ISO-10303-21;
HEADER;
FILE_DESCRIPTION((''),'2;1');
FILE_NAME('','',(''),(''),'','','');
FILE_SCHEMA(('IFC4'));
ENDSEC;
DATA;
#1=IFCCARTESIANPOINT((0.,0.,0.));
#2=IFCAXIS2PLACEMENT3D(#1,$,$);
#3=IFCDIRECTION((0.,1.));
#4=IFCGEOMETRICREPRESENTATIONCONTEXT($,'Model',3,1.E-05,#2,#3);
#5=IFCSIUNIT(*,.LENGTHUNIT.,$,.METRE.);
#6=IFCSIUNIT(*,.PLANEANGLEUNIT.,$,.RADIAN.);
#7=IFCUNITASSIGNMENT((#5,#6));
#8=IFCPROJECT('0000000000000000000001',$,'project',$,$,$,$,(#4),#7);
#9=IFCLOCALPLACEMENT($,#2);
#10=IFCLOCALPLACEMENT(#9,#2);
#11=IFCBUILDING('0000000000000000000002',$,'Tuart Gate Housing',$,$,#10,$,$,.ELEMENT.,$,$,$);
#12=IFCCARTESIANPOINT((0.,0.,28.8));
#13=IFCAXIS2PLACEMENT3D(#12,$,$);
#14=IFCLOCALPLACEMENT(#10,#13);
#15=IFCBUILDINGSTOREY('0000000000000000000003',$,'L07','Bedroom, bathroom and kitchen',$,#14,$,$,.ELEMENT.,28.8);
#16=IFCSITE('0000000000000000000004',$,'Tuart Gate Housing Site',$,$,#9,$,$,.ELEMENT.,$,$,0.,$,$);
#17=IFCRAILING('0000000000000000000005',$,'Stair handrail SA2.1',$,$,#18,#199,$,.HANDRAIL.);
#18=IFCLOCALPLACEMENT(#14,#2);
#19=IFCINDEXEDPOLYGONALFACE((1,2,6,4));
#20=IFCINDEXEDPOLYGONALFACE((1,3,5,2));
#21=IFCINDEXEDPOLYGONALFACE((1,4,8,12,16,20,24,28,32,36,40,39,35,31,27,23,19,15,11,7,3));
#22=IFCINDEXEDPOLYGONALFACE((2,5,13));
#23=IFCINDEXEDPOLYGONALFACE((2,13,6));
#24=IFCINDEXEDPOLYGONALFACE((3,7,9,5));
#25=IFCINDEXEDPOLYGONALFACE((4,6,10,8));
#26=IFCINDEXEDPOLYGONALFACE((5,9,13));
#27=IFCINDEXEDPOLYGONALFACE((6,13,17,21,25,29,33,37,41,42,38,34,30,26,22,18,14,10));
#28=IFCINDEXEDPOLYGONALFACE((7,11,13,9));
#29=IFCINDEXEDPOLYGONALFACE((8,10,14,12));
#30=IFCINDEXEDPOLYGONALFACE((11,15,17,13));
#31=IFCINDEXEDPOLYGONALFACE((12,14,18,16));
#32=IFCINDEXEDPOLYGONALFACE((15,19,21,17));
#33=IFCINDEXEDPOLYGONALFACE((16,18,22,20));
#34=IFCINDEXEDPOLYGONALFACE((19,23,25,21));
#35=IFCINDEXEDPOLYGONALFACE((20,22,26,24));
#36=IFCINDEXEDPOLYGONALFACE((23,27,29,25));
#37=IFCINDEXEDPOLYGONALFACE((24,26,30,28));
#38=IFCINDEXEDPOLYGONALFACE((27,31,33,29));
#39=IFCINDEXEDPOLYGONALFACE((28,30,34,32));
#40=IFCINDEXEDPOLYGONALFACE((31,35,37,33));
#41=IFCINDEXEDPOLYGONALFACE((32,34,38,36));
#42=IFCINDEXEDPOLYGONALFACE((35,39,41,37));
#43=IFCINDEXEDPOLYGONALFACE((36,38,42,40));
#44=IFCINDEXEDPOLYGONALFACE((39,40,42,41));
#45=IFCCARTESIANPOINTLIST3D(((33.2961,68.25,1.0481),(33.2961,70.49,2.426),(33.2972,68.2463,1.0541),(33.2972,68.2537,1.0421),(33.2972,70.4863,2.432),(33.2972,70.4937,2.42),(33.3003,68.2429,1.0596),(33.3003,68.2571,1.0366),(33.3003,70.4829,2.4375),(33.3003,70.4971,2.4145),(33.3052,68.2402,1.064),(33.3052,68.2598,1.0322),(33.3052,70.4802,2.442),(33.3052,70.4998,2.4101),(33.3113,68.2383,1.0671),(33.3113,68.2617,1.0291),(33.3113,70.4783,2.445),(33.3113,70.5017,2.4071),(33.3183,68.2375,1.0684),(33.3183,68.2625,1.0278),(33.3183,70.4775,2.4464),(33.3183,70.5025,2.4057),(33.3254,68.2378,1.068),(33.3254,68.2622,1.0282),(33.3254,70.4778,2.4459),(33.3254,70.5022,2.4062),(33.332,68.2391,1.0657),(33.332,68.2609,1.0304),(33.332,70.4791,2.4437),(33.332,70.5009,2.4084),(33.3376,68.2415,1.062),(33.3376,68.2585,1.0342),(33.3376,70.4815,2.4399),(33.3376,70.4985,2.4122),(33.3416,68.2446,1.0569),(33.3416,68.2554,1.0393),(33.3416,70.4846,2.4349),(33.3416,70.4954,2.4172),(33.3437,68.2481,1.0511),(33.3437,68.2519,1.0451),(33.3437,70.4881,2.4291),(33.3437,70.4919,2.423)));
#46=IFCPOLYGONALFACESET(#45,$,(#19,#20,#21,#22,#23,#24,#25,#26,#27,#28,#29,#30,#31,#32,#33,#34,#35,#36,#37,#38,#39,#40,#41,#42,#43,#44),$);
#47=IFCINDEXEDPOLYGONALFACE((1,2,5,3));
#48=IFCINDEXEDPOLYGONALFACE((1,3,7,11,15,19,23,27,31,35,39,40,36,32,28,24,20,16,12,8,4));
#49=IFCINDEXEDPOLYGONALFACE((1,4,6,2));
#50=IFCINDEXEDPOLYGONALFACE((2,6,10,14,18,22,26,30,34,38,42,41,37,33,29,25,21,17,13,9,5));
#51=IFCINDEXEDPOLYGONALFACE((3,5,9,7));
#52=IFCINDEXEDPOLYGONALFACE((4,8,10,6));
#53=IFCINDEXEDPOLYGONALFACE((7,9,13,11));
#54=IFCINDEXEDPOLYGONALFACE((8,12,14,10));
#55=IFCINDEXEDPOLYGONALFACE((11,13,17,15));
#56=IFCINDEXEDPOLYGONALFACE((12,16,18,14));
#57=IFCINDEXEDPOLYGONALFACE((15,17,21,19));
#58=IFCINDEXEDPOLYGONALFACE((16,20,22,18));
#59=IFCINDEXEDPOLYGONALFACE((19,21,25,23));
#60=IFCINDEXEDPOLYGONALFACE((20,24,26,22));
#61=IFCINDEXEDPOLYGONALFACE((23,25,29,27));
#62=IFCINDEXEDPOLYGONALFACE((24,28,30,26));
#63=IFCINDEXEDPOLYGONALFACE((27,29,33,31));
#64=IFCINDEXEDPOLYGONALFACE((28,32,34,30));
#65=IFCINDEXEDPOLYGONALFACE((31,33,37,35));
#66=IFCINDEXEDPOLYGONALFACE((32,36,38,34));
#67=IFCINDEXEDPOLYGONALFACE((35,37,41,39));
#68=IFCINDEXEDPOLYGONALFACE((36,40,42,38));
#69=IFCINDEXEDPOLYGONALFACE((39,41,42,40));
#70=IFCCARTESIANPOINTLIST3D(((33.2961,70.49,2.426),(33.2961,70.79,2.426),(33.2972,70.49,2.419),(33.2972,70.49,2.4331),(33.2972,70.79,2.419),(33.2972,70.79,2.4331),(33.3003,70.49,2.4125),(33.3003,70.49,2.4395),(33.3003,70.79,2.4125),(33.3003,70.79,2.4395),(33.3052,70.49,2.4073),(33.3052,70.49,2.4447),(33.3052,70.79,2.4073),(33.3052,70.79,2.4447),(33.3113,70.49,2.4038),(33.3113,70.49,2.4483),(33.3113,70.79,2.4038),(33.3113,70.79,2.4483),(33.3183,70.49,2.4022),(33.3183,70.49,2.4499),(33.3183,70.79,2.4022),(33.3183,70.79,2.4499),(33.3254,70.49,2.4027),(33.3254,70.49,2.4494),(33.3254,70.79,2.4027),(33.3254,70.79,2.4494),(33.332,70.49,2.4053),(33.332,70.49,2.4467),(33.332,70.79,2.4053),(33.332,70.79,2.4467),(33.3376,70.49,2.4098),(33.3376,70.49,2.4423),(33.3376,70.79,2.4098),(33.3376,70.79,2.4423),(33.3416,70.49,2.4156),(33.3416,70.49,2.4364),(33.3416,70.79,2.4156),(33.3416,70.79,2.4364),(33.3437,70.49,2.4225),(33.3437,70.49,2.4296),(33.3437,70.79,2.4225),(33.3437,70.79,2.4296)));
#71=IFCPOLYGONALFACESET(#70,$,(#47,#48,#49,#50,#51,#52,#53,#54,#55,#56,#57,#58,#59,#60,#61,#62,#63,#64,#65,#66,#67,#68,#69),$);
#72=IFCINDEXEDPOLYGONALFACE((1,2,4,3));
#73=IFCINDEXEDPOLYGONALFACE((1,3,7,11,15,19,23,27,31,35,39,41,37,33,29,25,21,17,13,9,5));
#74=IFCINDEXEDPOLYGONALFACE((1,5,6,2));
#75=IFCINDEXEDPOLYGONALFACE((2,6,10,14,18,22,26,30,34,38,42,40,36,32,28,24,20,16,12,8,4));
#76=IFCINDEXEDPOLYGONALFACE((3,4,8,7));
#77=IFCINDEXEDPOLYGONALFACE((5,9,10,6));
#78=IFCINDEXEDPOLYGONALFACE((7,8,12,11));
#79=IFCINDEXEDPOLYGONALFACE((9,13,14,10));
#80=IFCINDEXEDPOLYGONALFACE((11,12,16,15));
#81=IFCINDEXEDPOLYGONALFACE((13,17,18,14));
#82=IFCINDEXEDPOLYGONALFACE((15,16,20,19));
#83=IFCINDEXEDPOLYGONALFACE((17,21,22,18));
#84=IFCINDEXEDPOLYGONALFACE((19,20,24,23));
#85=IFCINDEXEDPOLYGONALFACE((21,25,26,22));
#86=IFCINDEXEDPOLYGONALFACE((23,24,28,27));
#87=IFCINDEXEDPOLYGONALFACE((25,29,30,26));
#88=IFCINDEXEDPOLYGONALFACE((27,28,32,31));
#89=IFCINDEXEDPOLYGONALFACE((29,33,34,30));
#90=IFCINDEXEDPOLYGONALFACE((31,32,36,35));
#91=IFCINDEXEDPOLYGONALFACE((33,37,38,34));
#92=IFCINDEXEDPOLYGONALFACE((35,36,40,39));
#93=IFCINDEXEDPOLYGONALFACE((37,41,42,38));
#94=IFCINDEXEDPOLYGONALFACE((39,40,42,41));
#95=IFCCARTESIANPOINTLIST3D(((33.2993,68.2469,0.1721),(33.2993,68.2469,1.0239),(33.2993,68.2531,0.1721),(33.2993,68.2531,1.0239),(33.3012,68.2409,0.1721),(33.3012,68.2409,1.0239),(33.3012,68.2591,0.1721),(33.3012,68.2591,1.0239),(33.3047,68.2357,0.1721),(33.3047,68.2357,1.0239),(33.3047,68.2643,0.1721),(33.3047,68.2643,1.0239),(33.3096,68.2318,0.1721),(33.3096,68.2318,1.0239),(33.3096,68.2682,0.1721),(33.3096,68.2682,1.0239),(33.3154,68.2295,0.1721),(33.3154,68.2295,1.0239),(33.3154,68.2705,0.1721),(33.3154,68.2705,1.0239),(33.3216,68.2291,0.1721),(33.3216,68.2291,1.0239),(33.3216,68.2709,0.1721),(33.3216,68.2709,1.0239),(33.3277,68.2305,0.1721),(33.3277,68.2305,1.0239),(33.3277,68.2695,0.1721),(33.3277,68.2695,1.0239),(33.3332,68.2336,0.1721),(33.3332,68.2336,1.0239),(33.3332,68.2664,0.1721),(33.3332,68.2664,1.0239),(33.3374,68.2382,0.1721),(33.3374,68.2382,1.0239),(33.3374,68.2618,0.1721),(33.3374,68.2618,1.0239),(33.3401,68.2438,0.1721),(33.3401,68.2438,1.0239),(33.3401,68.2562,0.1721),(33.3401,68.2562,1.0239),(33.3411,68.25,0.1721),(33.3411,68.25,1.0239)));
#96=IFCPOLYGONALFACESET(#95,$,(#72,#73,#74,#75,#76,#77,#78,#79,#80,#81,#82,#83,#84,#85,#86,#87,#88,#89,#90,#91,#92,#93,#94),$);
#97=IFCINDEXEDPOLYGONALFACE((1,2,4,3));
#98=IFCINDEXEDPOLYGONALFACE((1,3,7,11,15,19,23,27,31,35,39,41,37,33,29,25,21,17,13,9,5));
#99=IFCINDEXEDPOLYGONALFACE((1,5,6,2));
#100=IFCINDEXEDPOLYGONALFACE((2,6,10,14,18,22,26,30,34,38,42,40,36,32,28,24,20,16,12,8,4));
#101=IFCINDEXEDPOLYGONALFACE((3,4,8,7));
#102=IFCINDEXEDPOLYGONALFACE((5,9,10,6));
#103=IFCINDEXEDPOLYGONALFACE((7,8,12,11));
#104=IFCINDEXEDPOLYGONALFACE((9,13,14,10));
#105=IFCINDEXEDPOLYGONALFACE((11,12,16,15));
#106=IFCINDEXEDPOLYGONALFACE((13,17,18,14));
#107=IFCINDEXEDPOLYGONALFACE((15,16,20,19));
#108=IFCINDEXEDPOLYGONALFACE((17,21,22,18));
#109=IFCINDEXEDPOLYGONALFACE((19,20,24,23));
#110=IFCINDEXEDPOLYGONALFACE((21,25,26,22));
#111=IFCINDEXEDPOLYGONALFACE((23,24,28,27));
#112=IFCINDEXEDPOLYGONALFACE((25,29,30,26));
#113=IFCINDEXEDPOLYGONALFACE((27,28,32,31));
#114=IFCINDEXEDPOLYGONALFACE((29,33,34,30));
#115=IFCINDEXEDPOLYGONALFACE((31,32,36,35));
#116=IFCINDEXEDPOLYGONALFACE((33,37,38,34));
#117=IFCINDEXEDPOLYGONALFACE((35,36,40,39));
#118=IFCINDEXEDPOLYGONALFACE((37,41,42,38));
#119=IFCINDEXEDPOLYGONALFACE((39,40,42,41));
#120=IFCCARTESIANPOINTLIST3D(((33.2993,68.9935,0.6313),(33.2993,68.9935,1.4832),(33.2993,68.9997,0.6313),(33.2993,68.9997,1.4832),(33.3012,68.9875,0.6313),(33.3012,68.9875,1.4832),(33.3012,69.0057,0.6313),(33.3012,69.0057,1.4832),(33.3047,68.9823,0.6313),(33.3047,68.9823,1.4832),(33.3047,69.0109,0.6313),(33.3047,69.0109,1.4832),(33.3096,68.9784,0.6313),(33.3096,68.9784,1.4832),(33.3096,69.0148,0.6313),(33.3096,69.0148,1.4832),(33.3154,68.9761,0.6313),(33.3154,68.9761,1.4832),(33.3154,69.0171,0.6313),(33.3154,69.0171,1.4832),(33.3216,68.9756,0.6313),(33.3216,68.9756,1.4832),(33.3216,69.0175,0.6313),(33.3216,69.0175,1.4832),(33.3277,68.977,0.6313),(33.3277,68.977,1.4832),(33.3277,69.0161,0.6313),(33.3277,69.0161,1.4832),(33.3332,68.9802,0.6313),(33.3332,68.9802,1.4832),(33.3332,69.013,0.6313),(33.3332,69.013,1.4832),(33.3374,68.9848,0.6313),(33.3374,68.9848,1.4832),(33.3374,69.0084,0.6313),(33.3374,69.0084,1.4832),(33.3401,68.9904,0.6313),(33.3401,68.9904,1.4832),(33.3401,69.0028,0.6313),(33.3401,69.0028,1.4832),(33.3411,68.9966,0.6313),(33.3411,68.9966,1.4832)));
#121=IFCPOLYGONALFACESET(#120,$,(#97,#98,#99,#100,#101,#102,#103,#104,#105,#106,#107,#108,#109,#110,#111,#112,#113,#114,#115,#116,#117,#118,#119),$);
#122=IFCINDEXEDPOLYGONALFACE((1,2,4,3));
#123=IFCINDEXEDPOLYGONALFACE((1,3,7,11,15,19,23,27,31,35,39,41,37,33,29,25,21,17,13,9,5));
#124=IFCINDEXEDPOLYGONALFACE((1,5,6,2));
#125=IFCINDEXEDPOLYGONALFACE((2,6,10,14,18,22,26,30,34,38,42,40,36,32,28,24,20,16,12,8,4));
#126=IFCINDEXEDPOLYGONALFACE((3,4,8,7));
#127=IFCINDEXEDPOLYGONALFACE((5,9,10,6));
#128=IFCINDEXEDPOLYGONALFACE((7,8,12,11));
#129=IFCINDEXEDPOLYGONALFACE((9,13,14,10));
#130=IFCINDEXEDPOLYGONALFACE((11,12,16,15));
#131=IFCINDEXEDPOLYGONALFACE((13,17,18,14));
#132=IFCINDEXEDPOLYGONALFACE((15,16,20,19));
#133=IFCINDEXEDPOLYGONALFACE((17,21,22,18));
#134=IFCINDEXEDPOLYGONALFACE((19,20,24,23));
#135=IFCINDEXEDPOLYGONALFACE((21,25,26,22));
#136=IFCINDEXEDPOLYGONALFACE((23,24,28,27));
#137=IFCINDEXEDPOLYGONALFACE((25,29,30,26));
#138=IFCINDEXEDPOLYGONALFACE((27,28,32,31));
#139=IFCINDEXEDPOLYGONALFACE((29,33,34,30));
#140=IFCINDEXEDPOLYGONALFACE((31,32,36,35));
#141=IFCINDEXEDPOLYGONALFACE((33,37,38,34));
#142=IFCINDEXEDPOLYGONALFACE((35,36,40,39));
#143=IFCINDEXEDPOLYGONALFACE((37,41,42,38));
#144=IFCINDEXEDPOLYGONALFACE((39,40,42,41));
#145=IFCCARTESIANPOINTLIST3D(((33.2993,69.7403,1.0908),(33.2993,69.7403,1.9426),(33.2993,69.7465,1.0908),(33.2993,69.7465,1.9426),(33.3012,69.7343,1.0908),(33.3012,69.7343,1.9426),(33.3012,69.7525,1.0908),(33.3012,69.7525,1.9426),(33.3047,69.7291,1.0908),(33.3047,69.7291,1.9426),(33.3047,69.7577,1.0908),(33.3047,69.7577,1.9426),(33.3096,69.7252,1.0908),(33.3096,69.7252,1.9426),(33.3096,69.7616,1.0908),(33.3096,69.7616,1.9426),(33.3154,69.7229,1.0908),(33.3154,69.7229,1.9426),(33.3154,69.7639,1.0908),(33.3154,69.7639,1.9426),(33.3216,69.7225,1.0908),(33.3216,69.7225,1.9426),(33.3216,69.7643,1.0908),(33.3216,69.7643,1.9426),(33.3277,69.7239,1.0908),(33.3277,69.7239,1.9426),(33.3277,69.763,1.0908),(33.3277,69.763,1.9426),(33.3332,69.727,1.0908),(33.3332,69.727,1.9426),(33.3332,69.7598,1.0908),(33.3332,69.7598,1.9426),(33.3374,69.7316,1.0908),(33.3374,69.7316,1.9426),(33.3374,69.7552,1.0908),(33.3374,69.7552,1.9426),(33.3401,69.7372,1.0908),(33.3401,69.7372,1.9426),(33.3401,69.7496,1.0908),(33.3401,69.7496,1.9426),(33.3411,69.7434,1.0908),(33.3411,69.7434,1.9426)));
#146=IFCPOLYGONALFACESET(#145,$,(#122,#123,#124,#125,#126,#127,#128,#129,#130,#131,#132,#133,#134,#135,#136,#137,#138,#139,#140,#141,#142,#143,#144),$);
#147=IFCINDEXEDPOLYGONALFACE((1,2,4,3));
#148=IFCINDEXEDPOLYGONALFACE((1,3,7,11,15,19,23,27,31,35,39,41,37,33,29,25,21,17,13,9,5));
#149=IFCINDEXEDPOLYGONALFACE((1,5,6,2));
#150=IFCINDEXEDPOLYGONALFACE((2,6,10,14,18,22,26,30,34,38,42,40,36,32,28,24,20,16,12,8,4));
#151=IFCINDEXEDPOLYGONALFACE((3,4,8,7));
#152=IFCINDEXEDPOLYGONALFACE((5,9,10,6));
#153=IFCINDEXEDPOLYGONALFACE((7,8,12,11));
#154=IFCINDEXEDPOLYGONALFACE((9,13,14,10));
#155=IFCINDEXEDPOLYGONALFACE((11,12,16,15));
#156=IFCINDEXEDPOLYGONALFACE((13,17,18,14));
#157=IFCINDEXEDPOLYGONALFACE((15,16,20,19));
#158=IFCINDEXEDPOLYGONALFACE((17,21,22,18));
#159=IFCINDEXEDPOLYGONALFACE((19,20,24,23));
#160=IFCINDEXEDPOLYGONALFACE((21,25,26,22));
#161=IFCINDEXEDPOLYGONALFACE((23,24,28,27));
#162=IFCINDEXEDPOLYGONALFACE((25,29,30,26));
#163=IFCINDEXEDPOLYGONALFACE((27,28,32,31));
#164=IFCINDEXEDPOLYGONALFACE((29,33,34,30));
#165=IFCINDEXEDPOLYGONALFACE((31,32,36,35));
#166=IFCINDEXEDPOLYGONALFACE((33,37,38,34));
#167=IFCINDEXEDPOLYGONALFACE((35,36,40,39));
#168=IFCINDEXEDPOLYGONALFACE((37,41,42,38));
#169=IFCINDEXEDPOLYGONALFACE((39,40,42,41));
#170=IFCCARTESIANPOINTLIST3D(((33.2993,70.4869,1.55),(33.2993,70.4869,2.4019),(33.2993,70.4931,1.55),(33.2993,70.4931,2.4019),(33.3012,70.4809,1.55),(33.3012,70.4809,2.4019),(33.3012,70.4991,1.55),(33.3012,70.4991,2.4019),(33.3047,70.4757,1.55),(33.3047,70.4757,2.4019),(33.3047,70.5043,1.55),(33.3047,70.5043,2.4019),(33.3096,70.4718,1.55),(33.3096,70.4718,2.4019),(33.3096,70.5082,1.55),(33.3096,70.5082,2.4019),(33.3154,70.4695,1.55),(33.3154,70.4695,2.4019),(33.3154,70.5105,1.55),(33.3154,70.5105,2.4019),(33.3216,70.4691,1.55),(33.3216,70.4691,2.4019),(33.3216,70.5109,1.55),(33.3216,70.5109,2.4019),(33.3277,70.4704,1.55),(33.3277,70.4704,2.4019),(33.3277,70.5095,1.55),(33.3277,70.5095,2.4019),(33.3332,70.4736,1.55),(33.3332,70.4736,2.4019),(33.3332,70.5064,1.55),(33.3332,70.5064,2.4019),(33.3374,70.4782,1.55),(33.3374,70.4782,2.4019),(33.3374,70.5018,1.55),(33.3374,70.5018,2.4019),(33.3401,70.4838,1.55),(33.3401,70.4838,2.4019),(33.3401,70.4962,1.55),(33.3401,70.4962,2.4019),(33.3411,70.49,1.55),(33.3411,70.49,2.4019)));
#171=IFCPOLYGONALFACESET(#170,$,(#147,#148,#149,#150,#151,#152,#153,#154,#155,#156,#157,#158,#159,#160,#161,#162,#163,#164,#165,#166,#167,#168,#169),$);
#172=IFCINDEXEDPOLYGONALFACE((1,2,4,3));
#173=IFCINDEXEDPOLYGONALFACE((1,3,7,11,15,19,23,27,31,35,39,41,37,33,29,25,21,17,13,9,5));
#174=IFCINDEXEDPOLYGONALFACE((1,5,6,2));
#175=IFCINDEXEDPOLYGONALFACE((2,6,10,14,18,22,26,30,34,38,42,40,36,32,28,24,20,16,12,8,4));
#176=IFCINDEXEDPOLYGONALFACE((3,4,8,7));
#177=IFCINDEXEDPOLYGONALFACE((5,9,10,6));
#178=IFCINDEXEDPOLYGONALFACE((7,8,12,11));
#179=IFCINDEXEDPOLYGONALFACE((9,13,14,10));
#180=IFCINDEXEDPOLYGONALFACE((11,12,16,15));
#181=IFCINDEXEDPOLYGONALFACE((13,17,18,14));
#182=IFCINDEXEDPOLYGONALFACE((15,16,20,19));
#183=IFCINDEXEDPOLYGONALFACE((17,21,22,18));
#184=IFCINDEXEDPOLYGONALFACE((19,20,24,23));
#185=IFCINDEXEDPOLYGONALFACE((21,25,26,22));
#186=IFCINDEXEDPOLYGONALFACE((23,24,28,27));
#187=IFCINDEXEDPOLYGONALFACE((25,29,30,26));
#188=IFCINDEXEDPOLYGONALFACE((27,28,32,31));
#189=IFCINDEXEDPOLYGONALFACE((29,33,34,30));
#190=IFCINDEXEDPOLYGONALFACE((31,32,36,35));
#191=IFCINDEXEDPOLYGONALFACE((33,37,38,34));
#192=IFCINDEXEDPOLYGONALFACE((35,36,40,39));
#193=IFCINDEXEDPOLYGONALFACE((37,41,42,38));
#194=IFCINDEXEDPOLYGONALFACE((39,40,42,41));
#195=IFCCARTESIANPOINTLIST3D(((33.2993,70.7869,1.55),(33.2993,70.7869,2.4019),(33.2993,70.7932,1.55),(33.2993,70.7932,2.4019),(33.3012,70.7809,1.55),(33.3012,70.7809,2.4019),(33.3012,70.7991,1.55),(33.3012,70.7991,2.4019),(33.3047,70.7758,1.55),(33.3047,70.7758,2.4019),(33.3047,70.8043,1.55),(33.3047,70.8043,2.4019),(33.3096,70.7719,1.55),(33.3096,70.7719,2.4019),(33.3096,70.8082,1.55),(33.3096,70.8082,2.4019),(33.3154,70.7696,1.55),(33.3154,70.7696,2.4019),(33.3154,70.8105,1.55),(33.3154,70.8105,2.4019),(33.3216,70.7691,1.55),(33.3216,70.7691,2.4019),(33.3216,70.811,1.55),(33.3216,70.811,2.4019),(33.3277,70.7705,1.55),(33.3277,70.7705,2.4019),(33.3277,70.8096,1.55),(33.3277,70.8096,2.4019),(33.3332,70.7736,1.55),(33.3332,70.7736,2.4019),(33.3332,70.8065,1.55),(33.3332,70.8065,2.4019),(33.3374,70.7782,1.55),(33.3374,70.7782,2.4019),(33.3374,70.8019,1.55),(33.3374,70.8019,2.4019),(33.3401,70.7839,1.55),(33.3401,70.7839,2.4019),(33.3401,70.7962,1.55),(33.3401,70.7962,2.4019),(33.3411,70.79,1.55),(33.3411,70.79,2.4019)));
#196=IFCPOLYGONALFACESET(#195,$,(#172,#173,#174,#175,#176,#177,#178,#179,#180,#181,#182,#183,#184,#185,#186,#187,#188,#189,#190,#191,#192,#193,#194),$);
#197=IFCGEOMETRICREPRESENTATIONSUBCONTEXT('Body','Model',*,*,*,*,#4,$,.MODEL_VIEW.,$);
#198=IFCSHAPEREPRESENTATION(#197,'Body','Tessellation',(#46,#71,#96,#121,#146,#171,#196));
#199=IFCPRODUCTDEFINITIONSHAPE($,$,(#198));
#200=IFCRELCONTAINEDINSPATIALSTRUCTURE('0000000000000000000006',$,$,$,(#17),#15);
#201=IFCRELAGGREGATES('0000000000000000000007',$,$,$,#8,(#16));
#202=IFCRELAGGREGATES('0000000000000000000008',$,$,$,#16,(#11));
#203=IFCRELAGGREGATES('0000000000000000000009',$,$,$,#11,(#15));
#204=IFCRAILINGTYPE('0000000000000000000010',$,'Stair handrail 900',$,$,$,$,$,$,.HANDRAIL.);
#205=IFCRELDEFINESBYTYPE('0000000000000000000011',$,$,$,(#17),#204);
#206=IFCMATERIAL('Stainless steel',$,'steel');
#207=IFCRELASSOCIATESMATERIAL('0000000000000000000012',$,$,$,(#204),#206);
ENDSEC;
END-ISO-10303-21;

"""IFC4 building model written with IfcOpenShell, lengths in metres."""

from ifc_helpers import new_model, si_unit, direction, frame, origin, origin_2d, place, context, subcontext, project, spatial, circle, extrude, material, type_object, element, save


model = new_model("IFC4")

# Units and contexts
model_context = context("Model", 3, precision=1e-05, world=origin(), true_north=direction((0.0, 1.0)))
body_context = subcontext(model_context, "Body", "Model", "MODEL_VIEW")
ifc_project = project(units=[si_unit("LENGTHUNIT", "METRE"), si_unit("PLANEANGLEUNIT", "RADIAN")], contexts=[model_context])

# Site, building, storey
site_placement = place(None, origin())
site = spatial("IfcSite", under=ifc_project, at=site_placement, Name="Tuart Gate Housing Site", CompositionType="ELEMENT", RefElevation=0.0)
building_placement = place(site_placement, origin())
building = spatial("IfcBuilding", under=site, at=building_placement, Name="Tuart Gate Housing", CompositionType="ELEMENT")
storey_placement = place(building_placement, frame((0.0, 0.0, 28.8)))
storey = spatial("IfcBuildingStorey", under=building, at=storey_placement, Name="L07", Description="Bedroom, bathroom and kitchen", CompositionType="ELEMENT", Elevation=28.8)

# Railing
ifc_material_1 = material(Name="Stainless steel", Category="steel")
railing_type = type_object("IfcRailingType", Name="Stair handrail 900", PredefinedType="HANDRAIL", material=ifc_material_1)
railing_placement = place(storey_placement, frame((33.3201, 68.25, 0.1721)))
element("IfcRailing", 1, at=railing_placement, inside=storey, type_object=railing_type, Name="Stair handrail SA2.1", PredefinedType="HANDRAIL", context=body_context, shape_type="SweptSolid", body=[
    extrude(circle(Radius=0.0239, at=origin_2d()), frame((0.0, 0.0, 0.876), z_axis=(0.0, 0.851748, 0.523952), x_axis=(-1.0, 0.0, 0.0)), (0.0, 0.0, 1.0), 2.6299),
    extrude(circle(Radius=0.0239, at=origin_2d()), frame((0.0, 2.24, 2.2539), z_axis=(0.0, 1.0, 0.0), x_axis=(-1.0, 0.0, 0.0)), (0.0, 0.0, 1.0), 0.3),
    extrude(circle(Radius=0.021, at=origin_2d()), origin(), (0.0, 0.0, 1.0), 0.8518),
    extrude(circle(Radius=0.021, at=origin_2d()), frame((0.0, 0.7466, 0.4592)), (0.0, 0.0, 1.0), 0.8518),
    extrude(circle(Radius=0.021, at=origin_2d()), frame((0.0, 1.4934, 0.9187)), (0.0, 0.0, 1.0), 0.8518),
    extrude(circle(Radius=0.021, at=origin_2d()), frame((0.0, 2.24, 1.3779)), (0.0, 0.0, 1.0), 0.8518),
    extrude(circle(Radius=0.021, at=origin_2d()), frame((0.0, 2.54, 1.3779)), (0.0, 0.0, 1.0), 0.8518),
])

save(model, "model.ifc")
